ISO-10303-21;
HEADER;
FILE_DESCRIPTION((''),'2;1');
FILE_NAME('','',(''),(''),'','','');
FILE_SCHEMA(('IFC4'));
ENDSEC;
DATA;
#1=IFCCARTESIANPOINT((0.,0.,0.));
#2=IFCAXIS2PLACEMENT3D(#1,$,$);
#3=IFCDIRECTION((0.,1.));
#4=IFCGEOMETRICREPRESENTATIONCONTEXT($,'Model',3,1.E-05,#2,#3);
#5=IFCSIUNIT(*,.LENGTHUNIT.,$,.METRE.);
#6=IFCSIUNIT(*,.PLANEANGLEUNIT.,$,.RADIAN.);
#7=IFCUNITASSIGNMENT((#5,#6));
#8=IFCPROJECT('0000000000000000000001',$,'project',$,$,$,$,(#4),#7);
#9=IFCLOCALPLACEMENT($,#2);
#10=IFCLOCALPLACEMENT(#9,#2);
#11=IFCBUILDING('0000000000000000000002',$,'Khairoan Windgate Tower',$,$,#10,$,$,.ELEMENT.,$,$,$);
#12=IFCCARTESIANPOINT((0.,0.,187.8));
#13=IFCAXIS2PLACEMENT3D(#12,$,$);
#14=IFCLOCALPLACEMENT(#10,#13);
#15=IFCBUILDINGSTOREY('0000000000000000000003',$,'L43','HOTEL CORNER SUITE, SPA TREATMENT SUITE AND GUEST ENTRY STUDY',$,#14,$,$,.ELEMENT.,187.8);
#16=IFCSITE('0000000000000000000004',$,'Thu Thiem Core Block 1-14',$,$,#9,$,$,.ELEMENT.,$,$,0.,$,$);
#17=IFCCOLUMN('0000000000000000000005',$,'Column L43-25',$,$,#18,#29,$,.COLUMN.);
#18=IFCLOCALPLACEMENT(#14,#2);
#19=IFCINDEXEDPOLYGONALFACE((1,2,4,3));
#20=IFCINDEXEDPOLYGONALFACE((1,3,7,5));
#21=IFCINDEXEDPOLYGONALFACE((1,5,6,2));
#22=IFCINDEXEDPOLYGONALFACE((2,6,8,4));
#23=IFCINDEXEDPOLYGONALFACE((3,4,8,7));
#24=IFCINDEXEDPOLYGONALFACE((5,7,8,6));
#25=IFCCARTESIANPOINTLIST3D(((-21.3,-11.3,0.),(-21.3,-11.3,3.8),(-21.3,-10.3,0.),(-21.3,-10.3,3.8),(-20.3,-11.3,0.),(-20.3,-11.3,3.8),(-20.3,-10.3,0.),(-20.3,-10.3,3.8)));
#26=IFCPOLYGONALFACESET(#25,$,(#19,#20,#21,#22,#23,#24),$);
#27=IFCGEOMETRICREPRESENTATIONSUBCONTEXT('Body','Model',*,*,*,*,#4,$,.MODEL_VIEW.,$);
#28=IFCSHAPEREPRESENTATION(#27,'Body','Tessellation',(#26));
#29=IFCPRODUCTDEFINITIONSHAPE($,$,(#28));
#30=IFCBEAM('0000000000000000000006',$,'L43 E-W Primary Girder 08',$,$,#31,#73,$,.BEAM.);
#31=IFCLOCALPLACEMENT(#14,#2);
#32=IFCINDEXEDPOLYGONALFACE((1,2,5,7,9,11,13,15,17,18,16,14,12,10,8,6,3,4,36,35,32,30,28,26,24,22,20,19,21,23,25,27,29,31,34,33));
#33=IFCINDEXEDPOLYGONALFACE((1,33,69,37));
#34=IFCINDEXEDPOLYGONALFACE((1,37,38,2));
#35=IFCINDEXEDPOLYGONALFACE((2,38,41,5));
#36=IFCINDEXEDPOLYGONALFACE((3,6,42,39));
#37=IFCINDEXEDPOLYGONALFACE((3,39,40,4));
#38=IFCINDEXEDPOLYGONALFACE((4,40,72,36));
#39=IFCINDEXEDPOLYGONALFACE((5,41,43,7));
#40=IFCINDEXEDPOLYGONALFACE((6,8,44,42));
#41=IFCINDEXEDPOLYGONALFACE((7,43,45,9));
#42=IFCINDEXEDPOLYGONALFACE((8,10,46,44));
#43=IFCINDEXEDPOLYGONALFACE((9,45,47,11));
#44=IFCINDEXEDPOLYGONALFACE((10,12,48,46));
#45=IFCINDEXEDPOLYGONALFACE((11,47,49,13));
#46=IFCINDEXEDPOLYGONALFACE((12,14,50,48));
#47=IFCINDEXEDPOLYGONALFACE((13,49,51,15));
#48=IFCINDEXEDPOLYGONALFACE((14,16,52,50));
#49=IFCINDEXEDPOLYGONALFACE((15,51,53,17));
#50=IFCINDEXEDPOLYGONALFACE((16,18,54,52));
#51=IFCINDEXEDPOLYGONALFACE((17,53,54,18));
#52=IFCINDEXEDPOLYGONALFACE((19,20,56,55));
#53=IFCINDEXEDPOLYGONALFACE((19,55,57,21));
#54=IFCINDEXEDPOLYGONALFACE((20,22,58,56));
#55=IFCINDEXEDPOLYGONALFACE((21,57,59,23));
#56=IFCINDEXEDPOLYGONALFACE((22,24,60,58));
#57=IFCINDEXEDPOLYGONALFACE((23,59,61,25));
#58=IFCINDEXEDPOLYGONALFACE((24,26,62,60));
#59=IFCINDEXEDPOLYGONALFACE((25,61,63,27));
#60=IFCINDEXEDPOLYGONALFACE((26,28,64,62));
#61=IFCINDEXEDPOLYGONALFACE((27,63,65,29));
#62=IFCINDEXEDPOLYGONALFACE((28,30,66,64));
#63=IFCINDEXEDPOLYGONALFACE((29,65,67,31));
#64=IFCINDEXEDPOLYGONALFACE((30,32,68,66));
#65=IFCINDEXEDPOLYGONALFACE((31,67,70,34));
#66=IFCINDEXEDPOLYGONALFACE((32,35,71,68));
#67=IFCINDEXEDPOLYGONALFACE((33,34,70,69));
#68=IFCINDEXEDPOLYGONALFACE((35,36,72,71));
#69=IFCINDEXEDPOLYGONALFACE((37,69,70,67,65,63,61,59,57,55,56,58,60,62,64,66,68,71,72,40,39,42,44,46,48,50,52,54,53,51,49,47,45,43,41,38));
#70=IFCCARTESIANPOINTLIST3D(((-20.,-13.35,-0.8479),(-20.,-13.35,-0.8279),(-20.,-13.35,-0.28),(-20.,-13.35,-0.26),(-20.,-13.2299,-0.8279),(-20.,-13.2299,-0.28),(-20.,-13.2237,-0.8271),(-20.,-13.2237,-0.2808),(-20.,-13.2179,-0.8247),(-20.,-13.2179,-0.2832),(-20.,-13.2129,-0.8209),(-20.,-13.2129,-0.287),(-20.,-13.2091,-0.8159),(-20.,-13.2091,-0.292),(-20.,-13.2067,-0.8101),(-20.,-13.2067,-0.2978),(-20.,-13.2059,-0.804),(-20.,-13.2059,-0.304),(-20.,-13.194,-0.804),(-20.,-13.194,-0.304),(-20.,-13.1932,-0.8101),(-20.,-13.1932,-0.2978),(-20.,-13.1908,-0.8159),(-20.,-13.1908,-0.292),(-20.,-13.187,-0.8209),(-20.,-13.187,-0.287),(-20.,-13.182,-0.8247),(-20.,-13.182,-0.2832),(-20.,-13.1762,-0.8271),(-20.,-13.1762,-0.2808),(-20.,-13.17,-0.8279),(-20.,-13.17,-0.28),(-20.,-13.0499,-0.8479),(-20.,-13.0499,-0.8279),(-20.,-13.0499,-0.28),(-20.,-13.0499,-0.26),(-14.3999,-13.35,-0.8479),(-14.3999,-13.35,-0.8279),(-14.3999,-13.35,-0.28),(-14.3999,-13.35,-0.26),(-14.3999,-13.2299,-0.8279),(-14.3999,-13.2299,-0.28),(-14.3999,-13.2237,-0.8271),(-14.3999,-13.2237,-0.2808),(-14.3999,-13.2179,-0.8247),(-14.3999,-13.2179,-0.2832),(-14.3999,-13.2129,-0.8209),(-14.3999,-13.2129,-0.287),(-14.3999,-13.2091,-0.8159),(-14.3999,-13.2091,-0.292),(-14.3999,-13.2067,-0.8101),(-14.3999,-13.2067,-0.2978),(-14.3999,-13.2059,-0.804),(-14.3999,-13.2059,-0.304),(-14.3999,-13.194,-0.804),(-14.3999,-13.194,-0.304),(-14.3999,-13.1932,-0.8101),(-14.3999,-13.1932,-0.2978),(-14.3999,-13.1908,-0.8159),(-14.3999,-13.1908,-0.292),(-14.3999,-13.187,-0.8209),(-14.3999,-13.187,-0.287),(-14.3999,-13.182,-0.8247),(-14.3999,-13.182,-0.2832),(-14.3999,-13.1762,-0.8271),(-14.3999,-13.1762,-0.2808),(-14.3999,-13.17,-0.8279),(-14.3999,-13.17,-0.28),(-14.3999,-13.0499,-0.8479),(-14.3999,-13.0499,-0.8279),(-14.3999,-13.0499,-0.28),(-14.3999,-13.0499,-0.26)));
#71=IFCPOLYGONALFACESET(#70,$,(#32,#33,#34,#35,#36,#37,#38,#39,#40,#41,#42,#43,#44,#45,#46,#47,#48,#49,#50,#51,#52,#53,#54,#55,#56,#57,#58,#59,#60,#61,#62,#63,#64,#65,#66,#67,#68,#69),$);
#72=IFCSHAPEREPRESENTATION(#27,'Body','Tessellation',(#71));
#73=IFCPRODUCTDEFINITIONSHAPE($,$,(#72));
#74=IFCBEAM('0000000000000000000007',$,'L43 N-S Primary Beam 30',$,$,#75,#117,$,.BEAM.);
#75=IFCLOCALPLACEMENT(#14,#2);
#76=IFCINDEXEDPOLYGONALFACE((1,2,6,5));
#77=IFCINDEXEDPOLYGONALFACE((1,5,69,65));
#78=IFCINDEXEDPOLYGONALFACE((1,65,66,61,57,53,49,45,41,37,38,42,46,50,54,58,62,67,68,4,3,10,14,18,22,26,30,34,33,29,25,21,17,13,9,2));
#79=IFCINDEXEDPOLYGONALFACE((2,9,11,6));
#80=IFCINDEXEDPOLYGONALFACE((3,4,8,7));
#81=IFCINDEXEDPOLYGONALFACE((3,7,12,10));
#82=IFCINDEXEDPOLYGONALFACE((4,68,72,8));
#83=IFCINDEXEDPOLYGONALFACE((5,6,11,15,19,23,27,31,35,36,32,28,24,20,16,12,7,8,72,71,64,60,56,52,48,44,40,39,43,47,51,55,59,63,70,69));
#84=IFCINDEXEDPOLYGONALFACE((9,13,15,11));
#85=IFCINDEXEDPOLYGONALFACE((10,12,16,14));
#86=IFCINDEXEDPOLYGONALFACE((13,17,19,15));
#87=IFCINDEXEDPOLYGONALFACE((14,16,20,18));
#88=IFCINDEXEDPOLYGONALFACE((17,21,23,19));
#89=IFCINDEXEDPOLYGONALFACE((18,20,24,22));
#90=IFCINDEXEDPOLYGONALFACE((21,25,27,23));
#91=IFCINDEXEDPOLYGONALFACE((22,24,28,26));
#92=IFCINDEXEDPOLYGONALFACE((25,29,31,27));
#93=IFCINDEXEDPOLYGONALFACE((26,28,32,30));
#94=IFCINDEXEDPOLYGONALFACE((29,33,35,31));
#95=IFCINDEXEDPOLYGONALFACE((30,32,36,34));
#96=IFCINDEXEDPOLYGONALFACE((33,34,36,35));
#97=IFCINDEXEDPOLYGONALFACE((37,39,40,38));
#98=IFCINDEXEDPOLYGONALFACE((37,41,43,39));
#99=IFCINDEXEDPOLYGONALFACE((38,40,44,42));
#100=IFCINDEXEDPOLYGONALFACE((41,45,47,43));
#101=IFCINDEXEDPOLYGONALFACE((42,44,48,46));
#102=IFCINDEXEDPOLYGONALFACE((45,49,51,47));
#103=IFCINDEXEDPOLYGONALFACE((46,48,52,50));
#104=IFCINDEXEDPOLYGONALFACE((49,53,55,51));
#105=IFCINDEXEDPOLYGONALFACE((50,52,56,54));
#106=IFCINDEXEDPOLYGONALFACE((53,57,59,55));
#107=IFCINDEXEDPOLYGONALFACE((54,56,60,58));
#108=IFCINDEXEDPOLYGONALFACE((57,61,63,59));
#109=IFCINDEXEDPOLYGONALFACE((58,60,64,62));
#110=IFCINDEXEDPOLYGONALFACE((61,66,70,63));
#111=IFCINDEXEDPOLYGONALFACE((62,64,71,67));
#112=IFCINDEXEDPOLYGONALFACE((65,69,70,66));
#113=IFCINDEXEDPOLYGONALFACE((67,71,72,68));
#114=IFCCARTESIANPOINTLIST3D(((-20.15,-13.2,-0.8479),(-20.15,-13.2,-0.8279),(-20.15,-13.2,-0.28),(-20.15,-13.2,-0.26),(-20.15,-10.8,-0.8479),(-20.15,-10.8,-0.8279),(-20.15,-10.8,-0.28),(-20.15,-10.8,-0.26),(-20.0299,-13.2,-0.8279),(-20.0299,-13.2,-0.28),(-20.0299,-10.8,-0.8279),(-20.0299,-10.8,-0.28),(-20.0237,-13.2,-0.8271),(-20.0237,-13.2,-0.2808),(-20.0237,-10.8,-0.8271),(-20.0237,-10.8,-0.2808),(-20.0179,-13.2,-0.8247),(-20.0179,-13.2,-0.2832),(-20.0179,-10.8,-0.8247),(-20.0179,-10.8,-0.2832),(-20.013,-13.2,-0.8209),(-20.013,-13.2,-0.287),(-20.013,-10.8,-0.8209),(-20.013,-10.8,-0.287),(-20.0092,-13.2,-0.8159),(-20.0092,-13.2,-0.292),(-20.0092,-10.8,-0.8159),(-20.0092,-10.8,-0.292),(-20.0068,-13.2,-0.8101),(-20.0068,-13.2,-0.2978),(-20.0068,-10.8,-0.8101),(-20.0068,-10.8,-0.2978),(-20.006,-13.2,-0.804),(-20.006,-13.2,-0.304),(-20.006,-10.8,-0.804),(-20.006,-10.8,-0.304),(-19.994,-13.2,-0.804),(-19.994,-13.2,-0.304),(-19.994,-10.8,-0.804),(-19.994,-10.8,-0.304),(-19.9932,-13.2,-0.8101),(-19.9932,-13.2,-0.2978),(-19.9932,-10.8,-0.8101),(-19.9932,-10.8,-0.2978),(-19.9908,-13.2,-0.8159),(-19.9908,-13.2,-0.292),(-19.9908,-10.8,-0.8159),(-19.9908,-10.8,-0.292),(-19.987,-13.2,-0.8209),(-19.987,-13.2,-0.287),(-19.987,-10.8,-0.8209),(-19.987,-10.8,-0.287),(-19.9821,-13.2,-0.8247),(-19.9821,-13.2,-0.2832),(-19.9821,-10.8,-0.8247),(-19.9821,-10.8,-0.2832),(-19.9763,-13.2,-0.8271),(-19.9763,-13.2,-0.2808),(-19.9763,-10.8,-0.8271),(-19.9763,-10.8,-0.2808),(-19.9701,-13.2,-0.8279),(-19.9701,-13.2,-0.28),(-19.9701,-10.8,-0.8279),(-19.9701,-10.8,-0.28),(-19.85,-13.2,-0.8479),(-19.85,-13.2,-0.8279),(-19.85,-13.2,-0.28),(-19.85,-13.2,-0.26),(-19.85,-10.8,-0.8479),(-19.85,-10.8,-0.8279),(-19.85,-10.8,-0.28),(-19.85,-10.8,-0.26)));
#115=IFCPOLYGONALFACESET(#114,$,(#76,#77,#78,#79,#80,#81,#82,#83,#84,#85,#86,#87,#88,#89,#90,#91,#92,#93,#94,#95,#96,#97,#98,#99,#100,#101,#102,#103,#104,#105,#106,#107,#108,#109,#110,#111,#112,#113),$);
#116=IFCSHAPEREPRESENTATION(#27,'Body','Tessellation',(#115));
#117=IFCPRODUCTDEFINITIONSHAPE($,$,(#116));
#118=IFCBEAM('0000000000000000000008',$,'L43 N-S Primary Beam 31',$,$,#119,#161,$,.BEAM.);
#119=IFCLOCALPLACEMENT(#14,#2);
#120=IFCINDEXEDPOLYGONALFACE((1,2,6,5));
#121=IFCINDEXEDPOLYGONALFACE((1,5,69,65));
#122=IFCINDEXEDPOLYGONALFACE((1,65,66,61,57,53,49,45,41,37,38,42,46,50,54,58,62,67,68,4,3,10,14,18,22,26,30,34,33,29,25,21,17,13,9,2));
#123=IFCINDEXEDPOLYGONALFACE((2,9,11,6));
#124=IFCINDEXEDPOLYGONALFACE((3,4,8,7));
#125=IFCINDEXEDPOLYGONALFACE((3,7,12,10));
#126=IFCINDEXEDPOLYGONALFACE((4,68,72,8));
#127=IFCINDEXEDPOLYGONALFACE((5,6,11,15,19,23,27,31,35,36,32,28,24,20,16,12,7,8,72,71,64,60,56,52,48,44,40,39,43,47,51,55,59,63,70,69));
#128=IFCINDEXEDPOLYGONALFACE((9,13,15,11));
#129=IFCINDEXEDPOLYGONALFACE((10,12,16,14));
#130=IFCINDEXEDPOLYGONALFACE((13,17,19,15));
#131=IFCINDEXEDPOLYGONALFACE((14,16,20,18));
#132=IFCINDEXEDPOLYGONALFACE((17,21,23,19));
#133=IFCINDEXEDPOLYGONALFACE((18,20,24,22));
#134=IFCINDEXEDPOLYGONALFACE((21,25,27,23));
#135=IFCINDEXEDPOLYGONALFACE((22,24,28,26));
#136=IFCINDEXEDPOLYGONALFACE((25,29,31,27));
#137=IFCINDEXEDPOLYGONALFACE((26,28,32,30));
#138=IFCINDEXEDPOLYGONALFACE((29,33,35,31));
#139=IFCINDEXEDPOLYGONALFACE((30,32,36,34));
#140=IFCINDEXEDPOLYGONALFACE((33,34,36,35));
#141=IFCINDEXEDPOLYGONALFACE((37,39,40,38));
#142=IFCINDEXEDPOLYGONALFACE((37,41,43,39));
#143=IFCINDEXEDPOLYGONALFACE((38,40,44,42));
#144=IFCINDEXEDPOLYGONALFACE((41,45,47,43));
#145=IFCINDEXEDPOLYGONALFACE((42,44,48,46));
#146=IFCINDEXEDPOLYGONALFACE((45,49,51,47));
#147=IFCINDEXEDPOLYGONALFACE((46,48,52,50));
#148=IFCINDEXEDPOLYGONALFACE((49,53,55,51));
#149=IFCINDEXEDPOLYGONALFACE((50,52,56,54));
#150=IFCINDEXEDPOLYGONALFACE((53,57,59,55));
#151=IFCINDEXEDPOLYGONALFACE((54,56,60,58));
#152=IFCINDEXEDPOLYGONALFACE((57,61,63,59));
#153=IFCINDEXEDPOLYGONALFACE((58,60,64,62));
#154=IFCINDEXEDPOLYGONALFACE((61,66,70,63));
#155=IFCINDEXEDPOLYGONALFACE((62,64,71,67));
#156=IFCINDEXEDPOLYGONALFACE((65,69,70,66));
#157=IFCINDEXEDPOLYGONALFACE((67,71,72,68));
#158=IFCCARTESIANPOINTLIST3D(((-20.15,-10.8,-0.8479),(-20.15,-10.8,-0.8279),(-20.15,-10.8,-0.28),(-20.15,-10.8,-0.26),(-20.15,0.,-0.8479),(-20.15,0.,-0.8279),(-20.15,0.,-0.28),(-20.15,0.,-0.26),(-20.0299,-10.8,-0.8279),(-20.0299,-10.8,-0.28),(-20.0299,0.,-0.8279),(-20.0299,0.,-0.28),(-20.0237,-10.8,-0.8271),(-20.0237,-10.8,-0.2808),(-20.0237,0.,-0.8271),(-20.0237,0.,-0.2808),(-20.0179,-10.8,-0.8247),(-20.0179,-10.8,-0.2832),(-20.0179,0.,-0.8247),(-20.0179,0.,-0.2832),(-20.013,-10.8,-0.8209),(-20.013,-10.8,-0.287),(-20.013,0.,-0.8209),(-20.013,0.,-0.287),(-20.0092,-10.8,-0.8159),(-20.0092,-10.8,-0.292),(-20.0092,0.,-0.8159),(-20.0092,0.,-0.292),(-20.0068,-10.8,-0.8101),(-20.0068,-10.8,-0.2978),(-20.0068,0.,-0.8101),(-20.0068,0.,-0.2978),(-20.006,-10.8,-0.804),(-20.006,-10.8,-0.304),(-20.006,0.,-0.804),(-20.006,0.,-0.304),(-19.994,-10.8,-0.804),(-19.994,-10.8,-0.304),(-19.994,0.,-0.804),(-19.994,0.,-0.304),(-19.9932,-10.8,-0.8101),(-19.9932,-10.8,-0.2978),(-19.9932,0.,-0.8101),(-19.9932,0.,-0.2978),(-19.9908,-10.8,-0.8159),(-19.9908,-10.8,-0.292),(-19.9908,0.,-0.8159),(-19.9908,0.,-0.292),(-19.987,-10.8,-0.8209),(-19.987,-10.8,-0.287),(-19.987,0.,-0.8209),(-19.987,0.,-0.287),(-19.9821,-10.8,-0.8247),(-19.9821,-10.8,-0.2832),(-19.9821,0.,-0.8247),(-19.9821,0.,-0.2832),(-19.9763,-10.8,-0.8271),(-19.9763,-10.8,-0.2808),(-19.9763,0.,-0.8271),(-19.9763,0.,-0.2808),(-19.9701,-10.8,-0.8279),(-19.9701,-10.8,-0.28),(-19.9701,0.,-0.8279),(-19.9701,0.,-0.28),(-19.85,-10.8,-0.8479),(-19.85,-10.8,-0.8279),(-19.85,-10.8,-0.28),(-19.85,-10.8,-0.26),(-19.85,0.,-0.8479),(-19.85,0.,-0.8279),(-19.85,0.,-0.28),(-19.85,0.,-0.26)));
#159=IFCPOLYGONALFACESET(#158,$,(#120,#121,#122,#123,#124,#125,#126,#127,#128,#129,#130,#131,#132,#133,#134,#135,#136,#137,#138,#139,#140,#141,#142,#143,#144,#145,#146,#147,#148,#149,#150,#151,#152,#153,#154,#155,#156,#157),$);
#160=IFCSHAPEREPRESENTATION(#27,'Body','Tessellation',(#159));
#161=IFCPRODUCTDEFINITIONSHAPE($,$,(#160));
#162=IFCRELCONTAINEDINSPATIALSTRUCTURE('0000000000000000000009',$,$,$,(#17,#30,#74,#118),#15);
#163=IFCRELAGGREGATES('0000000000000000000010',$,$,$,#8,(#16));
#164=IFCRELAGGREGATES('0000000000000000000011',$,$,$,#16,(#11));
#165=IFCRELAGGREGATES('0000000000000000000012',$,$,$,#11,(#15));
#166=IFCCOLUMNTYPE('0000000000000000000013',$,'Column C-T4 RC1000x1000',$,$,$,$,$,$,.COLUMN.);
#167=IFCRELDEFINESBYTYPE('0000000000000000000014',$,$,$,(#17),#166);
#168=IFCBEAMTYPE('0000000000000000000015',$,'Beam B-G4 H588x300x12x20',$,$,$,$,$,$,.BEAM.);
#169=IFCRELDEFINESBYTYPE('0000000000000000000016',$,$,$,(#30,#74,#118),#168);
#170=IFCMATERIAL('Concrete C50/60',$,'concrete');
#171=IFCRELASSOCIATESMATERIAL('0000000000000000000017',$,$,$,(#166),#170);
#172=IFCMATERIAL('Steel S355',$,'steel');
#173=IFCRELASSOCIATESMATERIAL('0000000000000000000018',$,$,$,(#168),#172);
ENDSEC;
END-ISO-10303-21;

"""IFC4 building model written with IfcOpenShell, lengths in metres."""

from ifc_helpers import new_model, si_unit, direction, frame, origin, origin_2d, place, context, subcontext, project, spatial, rectangle, i_section, extrude, material, material_profile, profile_set, type_object, element, save


model = new_model("IFC4")

# Units and contexts
model_context = context("Model", 3, precision=1e-05, world=origin(), true_north=direction((0.0, 1.0)))
body_context = subcontext(model_context, "Body", "Model", "MODEL_VIEW")
ifc_project = project(units=[si_unit("LENGTHUNIT", "METRE"), si_unit("PLANEANGLEUNIT", "RADIAN")], contexts=[model_context])

# Site, building, storey
site_placement = place(None, origin())
site = spatial("IfcSite", under=ifc_project, at=site_placement, Name="Thu Thiem Core Block 1-14", CompositionType="ELEMENT", RefElevation=0.0)
building_placement = place(site_placement, origin())
building = spatial("IfcBuilding", under=site, at=building_placement, Name="Khairoan Windgate Tower", CompositionType="ELEMENT")
storey_placement = place(building_placement, frame((0.0, 0.0, 187.8)))
storey = spatial("IfcBuildingStorey", under=building, at=storey_placement, Name="L43", Description="HOTEL CORNER SUITE, SPA TREATMENT SUITE AND GUEST ENTRY STUDY", CompositionType="ELEMENT", Elevation=187.8)

# Column
ifc_material_1 = material(Name="Concrete C50/60", Category="concrete")
ifc_material_profile_1 = material_profile(ifc_material_1, rectangle(XDim=1.0, YDim=1.0, at=origin_2d()))
ifc_profile_set_1 = profile_set([ifc_material_profile_1], Name="Concrete C50/60")
column_type = type_object("IfcColumnType", Name="Column C-T4 RC1000x1000", PredefinedType="COLUMN", material=ifc_profile_set_1)
column_placement = place(storey_placement, frame((-20.8, -10.8, 0.0), z_axis=(0.0, 0.0, 1.0), x_axis=(1.0, 0.0, 0.0)))
element("IfcColumn", 1, at=column_placement, inside=storey, type_object=column_type, Name="Column L43-25", PredefinedType="COLUMN", context=body_context, shape_type="SweptSolid", body=[
    extrude(rectangle(XDim=1.0, YDim=1.0, at=origin_2d()), origin(), (0.0, 0.0, 1.0), 3.8),
])

# Beams
ifc_material_2 = material(Name="Steel S355", Category="steel")
ifc_material_profile_2 = material_profile(ifc_material_2, i_section(OverallWidth=0.3, OverallDepth=0.5879, WebThickness=0.012, FlangeThickness=0.02, FilletRadius=0.0239, at=origin_2d()))
ifc_profile_set_2 = profile_set([ifc_material_profile_2], Name="Steel S355")
beam_type_1 = type_object("IfcBeamType", Name="Beam B-G4 H588x300x12x20", PredefinedType="BEAM", material=ifc_profile_set_2)
beam_1_placement = place(storey_placement, frame((-20.0, -13.2, -0.554), z_axis=(1.0, 0.0, 0.0), x_axis=(0.0, 1.0, 0.0)))
element("IfcBeam", 2, at=beam_1_placement, inside=storey, type_object=beam_type_1, Name="L43 E-W Primary Girder 08", PredefinedType="BEAM", context=body_context, shape_type="SweptSolid", body=[
    extrude(i_section(OverallWidth=0.3, OverallDepth=0.5879, WebThickness=0.012, FlangeThickness=0.02, FilletRadius=0.0239, at=origin_2d()), origin(), (0.0, 0.0, 1.0), 5.6001),
])
beam_2_placement = place(storey_placement, frame((-20.0, -13.2, -0.554), z_axis=(0.0, 1.0, 0.0), x_axis=(-1.0, 0.0, 0.0)))
element("IfcBeam", 3, at=beam_2_placement, inside=storey, type_object=beam_type_1, Name="L43 N-S Primary Beam 30", PredefinedType="BEAM", context=body_context, shape_type="SweptSolid", body=[
    extrude(i_section(OverallWidth=0.3, OverallDepth=0.5879, WebThickness=0.012, FlangeThickness=0.02, FilletRadius=0.0239, at=origin_2d()), origin(), (0.0, 0.0, 1.0), 2.3999),
])
beam_3_placement = place(storey_placement, frame((-20.0, -10.8, -0.554), z_axis=(0.0, 1.0, 0.0), x_axis=(-1.0, 0.0, 0.0)))
element("IfcBeam", 4, at=beam_3_placement, inside=storey, type_object=beam_type_1, Name="L43 N-S Primary Beam 31", PredefinedType="BEAM", context=body_context, shape_type="SweptSolid", body=[
    extrude(i_section(OverallWidth=0.3, OverallDepth=0.5879, WebThickness=0.012, FlangeThickness=0.02, FilletRadius=0.0239, at=origin_2d()), origin(), (0.0, 0.0, 1.0), 10.8),
])

save(model, "model.ifc")
